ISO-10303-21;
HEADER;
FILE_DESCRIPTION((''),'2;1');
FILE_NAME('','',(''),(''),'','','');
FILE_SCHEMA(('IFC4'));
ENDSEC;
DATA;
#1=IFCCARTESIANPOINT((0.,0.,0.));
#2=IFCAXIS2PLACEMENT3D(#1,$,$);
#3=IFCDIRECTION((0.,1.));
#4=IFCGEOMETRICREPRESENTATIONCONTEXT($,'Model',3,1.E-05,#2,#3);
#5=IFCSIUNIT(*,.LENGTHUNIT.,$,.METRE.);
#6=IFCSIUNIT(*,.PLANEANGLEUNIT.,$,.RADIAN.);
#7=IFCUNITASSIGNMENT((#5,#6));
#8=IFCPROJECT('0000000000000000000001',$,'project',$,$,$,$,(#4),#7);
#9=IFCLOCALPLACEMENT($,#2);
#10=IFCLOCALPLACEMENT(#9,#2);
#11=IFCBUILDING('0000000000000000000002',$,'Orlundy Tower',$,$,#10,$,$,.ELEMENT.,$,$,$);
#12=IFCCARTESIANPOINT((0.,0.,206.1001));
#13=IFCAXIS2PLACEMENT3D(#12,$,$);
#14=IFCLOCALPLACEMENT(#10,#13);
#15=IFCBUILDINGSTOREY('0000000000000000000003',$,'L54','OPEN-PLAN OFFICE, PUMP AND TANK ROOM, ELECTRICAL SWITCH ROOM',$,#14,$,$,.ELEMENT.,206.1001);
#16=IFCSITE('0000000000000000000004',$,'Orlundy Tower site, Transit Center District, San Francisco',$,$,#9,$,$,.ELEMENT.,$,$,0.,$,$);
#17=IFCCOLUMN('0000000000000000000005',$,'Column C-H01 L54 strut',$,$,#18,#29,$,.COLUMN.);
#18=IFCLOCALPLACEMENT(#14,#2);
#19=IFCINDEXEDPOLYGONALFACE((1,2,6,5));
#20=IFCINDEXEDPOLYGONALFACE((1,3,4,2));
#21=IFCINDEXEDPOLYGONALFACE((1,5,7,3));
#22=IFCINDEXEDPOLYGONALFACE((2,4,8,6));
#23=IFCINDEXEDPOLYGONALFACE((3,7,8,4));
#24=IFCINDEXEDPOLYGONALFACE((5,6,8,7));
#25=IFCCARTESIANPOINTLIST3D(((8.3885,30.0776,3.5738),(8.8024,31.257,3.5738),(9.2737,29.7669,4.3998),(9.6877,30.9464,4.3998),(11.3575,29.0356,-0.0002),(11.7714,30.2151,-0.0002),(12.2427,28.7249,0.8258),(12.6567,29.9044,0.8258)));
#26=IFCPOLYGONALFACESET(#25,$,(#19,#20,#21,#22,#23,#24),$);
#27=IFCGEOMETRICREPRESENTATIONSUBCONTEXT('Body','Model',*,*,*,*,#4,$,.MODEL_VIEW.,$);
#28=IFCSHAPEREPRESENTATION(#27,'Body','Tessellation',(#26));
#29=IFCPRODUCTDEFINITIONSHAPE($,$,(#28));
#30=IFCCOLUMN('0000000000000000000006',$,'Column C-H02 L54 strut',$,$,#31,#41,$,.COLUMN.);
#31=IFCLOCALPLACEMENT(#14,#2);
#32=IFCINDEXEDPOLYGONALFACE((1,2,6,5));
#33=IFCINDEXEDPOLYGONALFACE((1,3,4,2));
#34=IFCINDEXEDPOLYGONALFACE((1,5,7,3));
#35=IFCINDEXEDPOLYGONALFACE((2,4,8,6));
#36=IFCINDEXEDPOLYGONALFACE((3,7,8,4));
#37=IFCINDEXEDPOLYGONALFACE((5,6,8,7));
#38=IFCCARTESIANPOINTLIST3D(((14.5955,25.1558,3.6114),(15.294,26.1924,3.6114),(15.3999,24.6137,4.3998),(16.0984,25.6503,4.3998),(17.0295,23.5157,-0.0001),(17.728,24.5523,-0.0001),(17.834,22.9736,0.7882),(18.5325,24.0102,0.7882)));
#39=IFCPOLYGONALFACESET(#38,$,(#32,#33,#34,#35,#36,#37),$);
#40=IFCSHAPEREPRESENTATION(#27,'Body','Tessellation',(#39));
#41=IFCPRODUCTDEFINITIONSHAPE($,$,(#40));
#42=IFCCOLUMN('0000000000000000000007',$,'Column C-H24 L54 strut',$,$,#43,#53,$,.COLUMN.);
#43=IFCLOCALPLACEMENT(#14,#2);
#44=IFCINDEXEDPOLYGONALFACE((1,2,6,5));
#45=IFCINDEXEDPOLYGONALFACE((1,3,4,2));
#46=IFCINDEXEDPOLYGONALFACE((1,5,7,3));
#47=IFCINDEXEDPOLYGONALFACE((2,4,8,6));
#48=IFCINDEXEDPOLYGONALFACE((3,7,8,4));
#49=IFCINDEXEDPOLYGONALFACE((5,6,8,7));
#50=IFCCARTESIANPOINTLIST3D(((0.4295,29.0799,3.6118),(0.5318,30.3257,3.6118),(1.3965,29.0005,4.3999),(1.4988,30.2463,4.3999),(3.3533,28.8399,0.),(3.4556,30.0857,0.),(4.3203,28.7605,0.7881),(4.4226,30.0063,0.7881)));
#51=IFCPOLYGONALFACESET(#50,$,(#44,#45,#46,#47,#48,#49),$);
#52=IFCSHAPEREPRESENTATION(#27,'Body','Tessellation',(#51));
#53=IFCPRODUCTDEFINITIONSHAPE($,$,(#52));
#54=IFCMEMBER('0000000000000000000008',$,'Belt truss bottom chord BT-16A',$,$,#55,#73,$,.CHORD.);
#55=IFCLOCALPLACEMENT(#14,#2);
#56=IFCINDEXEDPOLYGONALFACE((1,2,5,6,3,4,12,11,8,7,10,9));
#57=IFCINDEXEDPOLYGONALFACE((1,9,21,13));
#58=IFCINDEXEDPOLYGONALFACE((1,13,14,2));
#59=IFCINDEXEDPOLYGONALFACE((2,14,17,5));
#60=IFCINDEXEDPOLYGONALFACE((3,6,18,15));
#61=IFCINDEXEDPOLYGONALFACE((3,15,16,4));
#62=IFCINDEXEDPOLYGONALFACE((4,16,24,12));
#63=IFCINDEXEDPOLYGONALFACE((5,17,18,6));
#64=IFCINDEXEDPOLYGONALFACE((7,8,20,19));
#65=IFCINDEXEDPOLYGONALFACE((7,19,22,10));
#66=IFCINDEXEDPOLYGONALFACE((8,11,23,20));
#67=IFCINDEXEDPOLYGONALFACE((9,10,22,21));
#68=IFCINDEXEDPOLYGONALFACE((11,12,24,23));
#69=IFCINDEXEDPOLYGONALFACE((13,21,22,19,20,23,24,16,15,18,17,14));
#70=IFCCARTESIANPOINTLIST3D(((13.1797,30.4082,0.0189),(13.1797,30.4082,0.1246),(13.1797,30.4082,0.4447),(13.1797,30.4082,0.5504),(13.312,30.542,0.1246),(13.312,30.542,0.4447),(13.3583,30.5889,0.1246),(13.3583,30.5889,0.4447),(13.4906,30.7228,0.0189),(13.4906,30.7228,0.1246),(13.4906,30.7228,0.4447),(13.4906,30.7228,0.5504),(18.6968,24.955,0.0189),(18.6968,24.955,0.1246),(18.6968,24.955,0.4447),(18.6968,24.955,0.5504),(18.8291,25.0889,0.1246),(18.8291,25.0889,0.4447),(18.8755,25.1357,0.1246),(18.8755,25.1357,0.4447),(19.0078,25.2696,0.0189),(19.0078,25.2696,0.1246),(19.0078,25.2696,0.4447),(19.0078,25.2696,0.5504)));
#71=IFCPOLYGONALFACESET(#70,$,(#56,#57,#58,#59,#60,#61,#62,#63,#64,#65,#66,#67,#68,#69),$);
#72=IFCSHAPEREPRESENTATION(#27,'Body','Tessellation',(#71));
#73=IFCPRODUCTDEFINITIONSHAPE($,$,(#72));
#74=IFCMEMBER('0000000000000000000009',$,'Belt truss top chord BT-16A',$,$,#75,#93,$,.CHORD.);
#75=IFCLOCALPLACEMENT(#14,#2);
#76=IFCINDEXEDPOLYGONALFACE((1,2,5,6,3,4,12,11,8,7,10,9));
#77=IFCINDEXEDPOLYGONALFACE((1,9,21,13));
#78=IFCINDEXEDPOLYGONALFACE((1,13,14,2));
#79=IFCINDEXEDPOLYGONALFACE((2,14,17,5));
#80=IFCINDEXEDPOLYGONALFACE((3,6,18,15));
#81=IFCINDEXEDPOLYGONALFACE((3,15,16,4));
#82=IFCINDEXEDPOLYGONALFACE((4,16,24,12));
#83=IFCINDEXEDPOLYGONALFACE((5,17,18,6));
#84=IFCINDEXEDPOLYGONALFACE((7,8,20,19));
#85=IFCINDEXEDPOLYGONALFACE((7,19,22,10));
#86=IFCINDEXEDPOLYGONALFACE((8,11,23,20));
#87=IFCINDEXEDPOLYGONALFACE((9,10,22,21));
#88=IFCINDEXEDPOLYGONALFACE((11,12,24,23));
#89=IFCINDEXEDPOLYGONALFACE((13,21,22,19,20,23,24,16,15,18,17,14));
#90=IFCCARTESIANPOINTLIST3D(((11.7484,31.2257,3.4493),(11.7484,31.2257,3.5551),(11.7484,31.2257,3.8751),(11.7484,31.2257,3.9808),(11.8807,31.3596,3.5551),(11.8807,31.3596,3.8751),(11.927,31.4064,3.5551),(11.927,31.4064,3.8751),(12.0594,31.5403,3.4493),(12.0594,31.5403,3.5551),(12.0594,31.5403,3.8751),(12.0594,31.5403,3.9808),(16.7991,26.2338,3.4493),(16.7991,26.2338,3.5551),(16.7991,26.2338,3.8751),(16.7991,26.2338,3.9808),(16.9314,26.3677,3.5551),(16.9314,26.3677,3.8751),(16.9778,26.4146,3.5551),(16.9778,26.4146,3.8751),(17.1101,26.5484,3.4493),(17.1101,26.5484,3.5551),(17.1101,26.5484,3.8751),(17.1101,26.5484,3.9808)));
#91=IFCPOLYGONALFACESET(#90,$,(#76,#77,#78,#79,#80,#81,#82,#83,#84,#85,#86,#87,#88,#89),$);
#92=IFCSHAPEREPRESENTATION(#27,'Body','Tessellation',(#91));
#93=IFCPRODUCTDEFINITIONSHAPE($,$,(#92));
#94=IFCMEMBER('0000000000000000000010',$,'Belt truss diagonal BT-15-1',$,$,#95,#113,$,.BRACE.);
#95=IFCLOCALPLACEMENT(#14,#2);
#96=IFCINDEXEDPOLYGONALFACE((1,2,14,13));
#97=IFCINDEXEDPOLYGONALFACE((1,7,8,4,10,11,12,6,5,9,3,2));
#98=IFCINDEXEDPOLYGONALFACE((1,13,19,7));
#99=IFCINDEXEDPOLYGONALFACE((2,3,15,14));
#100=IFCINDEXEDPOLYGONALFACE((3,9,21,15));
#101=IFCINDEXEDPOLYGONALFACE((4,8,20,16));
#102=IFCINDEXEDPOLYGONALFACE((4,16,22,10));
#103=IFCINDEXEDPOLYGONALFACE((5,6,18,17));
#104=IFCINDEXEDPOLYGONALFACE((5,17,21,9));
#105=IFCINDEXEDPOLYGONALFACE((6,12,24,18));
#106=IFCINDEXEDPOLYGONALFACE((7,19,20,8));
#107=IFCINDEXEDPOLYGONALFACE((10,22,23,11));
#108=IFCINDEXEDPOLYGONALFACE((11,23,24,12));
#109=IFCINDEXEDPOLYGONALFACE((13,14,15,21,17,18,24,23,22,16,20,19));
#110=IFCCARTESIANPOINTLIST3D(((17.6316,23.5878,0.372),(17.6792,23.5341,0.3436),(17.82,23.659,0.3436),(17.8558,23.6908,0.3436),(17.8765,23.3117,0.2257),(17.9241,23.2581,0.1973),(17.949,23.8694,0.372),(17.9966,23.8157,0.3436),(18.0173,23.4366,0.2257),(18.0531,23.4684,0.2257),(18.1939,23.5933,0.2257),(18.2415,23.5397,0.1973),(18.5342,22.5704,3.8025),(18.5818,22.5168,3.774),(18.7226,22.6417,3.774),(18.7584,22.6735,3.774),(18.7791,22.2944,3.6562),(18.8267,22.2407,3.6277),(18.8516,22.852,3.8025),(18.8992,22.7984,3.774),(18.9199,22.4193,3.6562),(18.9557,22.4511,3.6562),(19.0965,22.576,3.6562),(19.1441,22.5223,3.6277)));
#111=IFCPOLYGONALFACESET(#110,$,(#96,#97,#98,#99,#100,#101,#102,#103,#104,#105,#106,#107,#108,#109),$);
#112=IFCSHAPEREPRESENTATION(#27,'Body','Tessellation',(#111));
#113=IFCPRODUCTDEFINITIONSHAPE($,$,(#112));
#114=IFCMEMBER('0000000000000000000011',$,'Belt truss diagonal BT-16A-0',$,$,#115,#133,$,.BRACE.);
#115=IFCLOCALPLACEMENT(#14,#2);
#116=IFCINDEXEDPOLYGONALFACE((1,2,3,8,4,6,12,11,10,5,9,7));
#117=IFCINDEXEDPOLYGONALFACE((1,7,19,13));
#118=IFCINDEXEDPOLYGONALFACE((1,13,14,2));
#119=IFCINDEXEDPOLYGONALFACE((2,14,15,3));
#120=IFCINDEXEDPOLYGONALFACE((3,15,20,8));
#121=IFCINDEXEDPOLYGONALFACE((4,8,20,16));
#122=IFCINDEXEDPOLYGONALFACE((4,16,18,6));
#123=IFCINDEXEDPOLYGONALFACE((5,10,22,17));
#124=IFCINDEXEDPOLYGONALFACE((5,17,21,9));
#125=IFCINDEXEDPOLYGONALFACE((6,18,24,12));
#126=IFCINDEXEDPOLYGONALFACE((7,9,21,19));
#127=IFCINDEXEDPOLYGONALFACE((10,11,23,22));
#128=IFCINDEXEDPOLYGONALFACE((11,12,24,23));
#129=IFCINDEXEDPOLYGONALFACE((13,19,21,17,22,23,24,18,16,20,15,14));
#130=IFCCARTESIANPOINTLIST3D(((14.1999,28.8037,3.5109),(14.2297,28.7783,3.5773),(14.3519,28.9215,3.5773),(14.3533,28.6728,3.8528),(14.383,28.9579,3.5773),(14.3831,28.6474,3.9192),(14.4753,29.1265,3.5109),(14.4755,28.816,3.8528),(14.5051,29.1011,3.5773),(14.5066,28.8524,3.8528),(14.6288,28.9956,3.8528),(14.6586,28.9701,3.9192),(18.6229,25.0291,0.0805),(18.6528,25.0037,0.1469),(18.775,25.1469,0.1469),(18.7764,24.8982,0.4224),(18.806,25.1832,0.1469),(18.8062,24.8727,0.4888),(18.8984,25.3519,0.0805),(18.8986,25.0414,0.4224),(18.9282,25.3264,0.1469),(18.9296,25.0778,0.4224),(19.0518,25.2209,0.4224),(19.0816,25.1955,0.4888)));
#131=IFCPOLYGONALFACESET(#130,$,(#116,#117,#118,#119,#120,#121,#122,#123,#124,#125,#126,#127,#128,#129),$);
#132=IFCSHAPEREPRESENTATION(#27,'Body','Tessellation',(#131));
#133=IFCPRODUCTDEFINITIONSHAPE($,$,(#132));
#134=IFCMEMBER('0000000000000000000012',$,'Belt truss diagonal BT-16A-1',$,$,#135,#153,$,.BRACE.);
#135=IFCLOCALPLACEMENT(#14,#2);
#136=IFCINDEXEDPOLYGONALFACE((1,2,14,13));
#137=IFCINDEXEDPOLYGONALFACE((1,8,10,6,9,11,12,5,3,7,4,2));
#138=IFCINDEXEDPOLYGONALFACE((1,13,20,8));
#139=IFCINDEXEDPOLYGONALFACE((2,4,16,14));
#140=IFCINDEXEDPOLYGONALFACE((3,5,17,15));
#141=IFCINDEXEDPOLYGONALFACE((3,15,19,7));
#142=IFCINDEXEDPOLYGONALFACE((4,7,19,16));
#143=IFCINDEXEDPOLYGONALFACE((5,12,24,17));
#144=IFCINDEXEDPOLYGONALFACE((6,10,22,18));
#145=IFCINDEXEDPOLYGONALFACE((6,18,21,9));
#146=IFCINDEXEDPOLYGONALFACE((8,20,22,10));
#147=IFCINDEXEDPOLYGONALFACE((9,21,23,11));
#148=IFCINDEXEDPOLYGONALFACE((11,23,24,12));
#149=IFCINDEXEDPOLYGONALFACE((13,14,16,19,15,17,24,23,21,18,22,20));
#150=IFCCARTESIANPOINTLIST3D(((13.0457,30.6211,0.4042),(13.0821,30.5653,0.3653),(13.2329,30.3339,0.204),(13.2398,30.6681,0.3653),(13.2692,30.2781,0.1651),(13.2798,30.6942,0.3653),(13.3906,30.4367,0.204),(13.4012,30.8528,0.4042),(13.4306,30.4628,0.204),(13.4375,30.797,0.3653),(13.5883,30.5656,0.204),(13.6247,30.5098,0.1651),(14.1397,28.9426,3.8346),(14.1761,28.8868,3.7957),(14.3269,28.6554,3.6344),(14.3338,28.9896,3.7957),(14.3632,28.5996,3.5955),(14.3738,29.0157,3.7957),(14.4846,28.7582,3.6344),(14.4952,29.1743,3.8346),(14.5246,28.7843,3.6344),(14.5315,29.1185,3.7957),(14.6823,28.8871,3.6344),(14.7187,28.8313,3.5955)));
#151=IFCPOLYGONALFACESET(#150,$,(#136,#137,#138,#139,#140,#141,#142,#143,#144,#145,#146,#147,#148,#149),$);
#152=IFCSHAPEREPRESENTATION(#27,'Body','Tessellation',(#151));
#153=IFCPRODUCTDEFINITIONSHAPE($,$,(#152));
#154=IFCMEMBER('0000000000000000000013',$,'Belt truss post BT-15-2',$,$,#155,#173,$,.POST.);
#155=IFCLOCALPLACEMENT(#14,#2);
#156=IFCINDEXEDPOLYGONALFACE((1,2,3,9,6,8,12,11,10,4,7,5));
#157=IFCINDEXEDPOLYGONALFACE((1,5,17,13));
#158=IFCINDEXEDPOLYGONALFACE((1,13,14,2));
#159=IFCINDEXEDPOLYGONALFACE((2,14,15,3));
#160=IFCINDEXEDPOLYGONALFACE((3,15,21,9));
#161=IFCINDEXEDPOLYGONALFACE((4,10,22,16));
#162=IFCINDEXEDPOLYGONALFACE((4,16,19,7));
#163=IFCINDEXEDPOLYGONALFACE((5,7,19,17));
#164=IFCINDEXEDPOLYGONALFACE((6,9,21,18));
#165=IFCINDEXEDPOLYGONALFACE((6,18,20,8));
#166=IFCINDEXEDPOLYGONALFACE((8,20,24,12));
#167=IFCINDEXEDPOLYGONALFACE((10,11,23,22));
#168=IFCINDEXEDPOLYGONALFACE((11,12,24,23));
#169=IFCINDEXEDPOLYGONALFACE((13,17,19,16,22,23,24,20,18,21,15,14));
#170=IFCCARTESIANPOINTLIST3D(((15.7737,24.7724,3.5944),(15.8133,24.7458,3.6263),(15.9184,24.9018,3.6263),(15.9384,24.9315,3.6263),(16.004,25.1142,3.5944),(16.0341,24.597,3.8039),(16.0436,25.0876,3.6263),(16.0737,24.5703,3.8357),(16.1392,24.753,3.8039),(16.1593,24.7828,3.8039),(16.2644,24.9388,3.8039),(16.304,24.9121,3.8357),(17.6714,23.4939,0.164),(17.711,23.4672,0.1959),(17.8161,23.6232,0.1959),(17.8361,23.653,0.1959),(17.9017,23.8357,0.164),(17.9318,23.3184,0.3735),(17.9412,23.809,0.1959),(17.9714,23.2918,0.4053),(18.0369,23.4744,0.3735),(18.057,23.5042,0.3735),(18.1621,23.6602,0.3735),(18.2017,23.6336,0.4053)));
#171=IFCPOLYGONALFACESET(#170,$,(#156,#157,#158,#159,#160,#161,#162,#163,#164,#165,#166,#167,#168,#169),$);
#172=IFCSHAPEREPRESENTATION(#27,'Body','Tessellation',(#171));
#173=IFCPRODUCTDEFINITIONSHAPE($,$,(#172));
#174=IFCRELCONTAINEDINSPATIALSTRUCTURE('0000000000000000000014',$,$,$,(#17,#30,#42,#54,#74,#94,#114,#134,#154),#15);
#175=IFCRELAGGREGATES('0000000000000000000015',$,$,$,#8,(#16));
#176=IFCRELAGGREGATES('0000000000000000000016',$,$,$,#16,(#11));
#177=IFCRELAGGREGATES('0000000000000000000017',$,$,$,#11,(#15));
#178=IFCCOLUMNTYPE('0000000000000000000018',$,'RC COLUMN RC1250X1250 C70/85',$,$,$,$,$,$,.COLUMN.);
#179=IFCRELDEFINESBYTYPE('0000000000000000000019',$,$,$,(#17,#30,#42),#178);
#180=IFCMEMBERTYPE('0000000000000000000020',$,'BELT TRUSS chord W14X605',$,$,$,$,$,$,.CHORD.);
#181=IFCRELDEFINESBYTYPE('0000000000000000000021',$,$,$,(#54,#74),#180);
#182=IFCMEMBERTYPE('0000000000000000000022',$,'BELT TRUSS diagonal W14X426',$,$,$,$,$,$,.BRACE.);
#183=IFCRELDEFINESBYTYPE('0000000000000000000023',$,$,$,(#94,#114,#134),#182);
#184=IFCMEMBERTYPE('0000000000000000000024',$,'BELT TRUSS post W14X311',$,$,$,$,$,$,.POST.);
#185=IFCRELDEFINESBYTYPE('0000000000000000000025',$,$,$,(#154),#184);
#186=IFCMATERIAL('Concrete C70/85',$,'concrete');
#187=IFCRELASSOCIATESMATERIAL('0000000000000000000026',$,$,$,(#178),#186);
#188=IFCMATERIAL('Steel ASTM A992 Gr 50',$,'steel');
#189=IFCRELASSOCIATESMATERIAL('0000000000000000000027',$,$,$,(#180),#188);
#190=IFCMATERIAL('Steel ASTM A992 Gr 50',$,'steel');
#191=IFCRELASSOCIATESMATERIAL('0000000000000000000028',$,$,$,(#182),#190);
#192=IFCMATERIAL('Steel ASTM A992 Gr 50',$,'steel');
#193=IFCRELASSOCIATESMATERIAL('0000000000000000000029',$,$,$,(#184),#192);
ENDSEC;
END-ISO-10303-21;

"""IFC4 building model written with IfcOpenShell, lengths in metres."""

from ifc_helpers import new_model, si_unit, direction, frame, origin, origin_2d, place, context, subcontext, project, spatial, rectangle, i_section, extrude, material, material_profile, profile_set, type_object, element, save


model = new_model("IFC4")

# Units and contexts
model_context = context("Model", 3, precision=1e-05, world=origin(), true_north=direction((0.0, 1.0)))
body_context = subcontext(model_context, "Body", "Model", "MODEL_VIEW")
ifc_project = project(units=[si_unit("LENGTHUNIT", "METRE"), si_unit("PLANEANGLEUNIT", "RADIAN")], contexts=[model_context])

# Site, building, storey
site_placement = place(None, origin())
site = spatial("IfcSite", under=ifc_project, at=site_placement, Name="Orlundy Tower site, Transit Center District, San Francisco", CompositionType="ELEMENT", RefElevation=0.0)
building_placement = place(site_placement, origin())
building = spatial("IfcBuilding", under=site, at=building_placement, Name="Orlundy Tower", CompositionType="ELEMENT")
storey_placement = place(building_placement, frame((0.0, 0.0, 206.1001)))
storey = spatial("IfcBuildingStorey", under=building, at=storey_placement, Name="L54", Description="OPEN-PLAN OFFICE, PUMP AND TANK ROOM, ELECTRICAL SWITCH ROOM", CompositionType="ELEMENT", Elevation=206.1001)

# Columns
ifc_material_1 = material(Name="Concrete C70/85", Category="concrete")
ifc_material_profile_1 = material_profile(ifc_material_1, rectangle(XDim=1.25, YDim=1.25, at=origin_2d()), Name="RC1250X1250")
ifc_profile_set_1 = profile_set([ifc_material_profile_1], Name="Concrete C70/85")
column_type = type_object("IfcColumnType", Name="RC COLUMN RC1250X1250 C70/85", PredefinedType="COLUMN", material=ifc_profile_set_1)
column_1_placement = place(storey_placement, frame((12.0071, 29.47, 0.4128), z_axis=(-0.623513, 0.218827, 0.750564), x_axis=(-0.331156, -0.943576, 0.0)))
element("IfcColumn", 1, at=column_1_placement, inside=storey, type_object=column_type, Name="Column C-H01 L54 strut", PredefinedType="COLUMN", context=body_context, shape_type="SweptSolid", body=[
    extrude(rectangle(XDim=1.25, YDim=1.25, at=origin_2d()), origin(), (0.0, 0.0, 1.0), 4.7617),
])
column_2_placement = place(storey_placement, frame((17.781, 23.7629, 0.394), z_axis=(-0.523026, 0.352426, 0.776041), x_axis=(-0.558801, -0.829302, 0.0)))
element("IfcColumn", 2, at=column_2_placement, inside=storey, type_object=column_type, Name="Column C-H02 L54 strut", PredefinedType="COLUMN", context=body_context, shape_type="SweptSolid", body=[
    extrude(rectangle(XDim=1.25, YDim=1.25, at=origin_2d()), origin(), (0.0, 0.0, 1.0), 4.6538),
])
column_3_placement = place(storey_placement, frame((3.8879, 29.4231, 0.394), z_axis=(-0.628358, 0.051576, 0.776213), x_axis=(-0.081806, -0.996648, 0.0)))
element("IfcColumn", 3, at=column_3_placement, inside=storey, type_object=column_type, Name="Column C-H24 L54 strut", PredefinedType="COLUMN", context=body_context, shape_type="SweptSolid", body=[
    extrude(rectangle(XDim=1.25, YDim=1.25, at=origin_2d()), origin(), (0.0, 0.0, 1.0), 4.6531),
])

# Members
ifc_material_2 = material(Name="Steel ASTM A992 Gr 50", Category="steel")
ifc_material_profile_2 = material_profile(ifc_material_2, i_section(OverallWidth=0.4424, OverallDepth=0.5315, WebThickness=0.0659, FlangeThickness=0.1057, at=origin_2d()), Name="W14X605")
ifc_profile_set_2 = profile_set([ifc_material_profile_2], Name="Steel ASTM A992 Gr 50")
member_type_1 = type_object("IfcMemberType", Name="BELT TRUSS chord W14X605", PredefinedType="CHORD", material=ifc_profile_set_2)
member_1_placement = place(storey_placement, frame((18.8523, 25.1123, 0.2847), z_axis=(-0.711218, 0.702972, 0.0), x_axis=(-0.702972, -0.711218, 0.0)))
element("IfcMember", 4, at=member_1_placement, inside=storey, type_object=member_type_1, Name="Belt truss bottom chord BT-16A", PredefinedType="CHORD", context=body_context, shape_type="SweptSolid", body=[
    extrude(i_section(OverallWidth=0.4424, OverallDepth=0.5315, WebThickness=0.0659, FlangeThickness=0.1057, at=origin_2d()), origin(), (0.0, 0.0, 1.0), 7.7573),
])
member_2_placement = place(storey_placement, frame((16.9546, 26.3911, 3.7151), z_axis=(-0.711237, 0.702952, 0.0), x_axis=(-0.702952, -0.711237, 0.0)))
element("IfcMember", 5, at=member_2_placement, inside=storey, type_object=member_type_1, Name="Belt truss top chord BT-16A", PredefinedType="CHORD", context=body_context, shape_type="SweptSolid", body=[
    extrude(i_section(OverallWidth=0.4424, OverallDepth=0.5315, WebThickness=0.0659, FlangeThickness=0.1057, at=origin_2d()), origin(), (0.0, 0.0, 1.0), 7.1013),
])
ifc_material_3 = material(Name="Steel ASTM A992 Gr 50", Category="steel")
ifc_material_profile_3 = material_profile(ifc_material_3, i_section(OverallWidth=0.4243, OverallDepth=0.4741, WebThickness=0.0479, FlangeThickness=0.0771, at=origin_2d()), Name="W14X426")
ifc_profile_set_3 = profile_set([ifc_material_profile_3], Name="Steel ASTM A992 Gr 50")
member_type_2 = type_object("IfcMemberType", Name="BELT TRUSS diagonal W14X426", PredefinedType="BRACE", material=ifc_profile_set_3)
member_3_placement = place(storey_placement, frame((18.8391, 22.5464, 3.7151), z_axis=(-0.244592, 0.275687, -0.929608), x_axis=(-0.748033, -0.663662, 0.0)))
element("IfcMember", 6, at=member_3_placement, inside=storey, type_object=member_type_2, Name="Belt truss diagonal BT-15-1", PredefinedType="BRACE", context=body_context, shape_type="SweptSolid", body=[
    extrude(i_section(OverallWidth=0.4243, OverallDepth=0.4741, WebThickness=0.0479, FlangeThickness=0.0771, at=origin_2d()), origin(), (0.0, 0.0, 1.0), 3.6902),
])
member_4_placement = place(storey_placement, frame((18.8523, 25.1123, 0.2847), z_axis=(-0.655151, 0.559104, 0.508115), x_axis=(-0.649147, -0.760663, 0.0)))
element("IfcMember", 7, at=member_4_placement, inside=storey, type_object=member_type_2, Name="Belt truss diagonal BT-16A-0", PredefinedType="BRACE", context=body_context, shape_type="SweptSolid", body=[
    extrude(i_section(OverallWidth=0.4243, OverallDepth=0.4741, WebThickness=0.0479, FlangeThickness=0.0771, at=origin_2d()), origin(), (0.0, 0.0, 1.0), 6.7512),
])
member_5_placement = place(storey_placement, frame((14.4292, 28.887, 3.7151), z_axis=(-0.275382, 0.422507, -0.863512), x_axis=(-0.837761, -0.546037, 0.0)))
element("IfcMember", 8, at=member_5_placement, inside=storey, type_object=member_type_2, Name="Belt truss diagonal BT-16A-1", PredefinedType="BRACE", context=body_context, shape_type="SweptSolid", body=[
    extrude(i_section(OverallWidth=0.4243, OverallDepth=0.4741, WebThickness=0.0479, FlangeThickness=0.0771, at=origin_2d()), origin(), (0.0, 0.0, 1.0), 3.9727),
])
ifc_material_4 = material(Name="Steel ASTM A992 Gr 50", Category="steel")
ifc_material_profile_4 = material_profile(ifc_material_4, i_section(OverallWidth=0.4121, OverallDepth=0.4348, WebThickness=0.0359, FlangeThickness=0.0574, at=origin_2d()), Name="W14X311")
ifc_profile_set_4 = profile_set([ifc_material_profile_4], Name="Steel ASTM A992 Gr 50")
member_type_3 = type_object("IfcMemberType", Name="BELT TRUSS post W14X311", PredefinedType="POST", material=ifc_profile_set_4)
for number, where, z_axis, x_axis, name in (
    (9, (17.9365, 23.5637, 0.2847), (-0.46021, 0.310063, 0.831906), (-0.558756, -0.829332, 0.0), "Belt truss post BT-15-2"),
):
    element("IfcMember", number, at=place(storey_placement, frame(where, z_axis=z_axis, x_axis=x_axis)), inside=storey, type_object=member_type_3, Name=name, PredefinedType="POST", context=body_context, shape_type="SweptSolid", body=[
        extrude(i_section(OverallWidth=0.4121, OverallDepth=0.4348, WebThickness=0.0359, FlangeThickness=0.0574, at=origin_2d()), origin(), (0.0, 0.0, 1.0), 4.1235),
    ])

save(model, "model.ifc")
